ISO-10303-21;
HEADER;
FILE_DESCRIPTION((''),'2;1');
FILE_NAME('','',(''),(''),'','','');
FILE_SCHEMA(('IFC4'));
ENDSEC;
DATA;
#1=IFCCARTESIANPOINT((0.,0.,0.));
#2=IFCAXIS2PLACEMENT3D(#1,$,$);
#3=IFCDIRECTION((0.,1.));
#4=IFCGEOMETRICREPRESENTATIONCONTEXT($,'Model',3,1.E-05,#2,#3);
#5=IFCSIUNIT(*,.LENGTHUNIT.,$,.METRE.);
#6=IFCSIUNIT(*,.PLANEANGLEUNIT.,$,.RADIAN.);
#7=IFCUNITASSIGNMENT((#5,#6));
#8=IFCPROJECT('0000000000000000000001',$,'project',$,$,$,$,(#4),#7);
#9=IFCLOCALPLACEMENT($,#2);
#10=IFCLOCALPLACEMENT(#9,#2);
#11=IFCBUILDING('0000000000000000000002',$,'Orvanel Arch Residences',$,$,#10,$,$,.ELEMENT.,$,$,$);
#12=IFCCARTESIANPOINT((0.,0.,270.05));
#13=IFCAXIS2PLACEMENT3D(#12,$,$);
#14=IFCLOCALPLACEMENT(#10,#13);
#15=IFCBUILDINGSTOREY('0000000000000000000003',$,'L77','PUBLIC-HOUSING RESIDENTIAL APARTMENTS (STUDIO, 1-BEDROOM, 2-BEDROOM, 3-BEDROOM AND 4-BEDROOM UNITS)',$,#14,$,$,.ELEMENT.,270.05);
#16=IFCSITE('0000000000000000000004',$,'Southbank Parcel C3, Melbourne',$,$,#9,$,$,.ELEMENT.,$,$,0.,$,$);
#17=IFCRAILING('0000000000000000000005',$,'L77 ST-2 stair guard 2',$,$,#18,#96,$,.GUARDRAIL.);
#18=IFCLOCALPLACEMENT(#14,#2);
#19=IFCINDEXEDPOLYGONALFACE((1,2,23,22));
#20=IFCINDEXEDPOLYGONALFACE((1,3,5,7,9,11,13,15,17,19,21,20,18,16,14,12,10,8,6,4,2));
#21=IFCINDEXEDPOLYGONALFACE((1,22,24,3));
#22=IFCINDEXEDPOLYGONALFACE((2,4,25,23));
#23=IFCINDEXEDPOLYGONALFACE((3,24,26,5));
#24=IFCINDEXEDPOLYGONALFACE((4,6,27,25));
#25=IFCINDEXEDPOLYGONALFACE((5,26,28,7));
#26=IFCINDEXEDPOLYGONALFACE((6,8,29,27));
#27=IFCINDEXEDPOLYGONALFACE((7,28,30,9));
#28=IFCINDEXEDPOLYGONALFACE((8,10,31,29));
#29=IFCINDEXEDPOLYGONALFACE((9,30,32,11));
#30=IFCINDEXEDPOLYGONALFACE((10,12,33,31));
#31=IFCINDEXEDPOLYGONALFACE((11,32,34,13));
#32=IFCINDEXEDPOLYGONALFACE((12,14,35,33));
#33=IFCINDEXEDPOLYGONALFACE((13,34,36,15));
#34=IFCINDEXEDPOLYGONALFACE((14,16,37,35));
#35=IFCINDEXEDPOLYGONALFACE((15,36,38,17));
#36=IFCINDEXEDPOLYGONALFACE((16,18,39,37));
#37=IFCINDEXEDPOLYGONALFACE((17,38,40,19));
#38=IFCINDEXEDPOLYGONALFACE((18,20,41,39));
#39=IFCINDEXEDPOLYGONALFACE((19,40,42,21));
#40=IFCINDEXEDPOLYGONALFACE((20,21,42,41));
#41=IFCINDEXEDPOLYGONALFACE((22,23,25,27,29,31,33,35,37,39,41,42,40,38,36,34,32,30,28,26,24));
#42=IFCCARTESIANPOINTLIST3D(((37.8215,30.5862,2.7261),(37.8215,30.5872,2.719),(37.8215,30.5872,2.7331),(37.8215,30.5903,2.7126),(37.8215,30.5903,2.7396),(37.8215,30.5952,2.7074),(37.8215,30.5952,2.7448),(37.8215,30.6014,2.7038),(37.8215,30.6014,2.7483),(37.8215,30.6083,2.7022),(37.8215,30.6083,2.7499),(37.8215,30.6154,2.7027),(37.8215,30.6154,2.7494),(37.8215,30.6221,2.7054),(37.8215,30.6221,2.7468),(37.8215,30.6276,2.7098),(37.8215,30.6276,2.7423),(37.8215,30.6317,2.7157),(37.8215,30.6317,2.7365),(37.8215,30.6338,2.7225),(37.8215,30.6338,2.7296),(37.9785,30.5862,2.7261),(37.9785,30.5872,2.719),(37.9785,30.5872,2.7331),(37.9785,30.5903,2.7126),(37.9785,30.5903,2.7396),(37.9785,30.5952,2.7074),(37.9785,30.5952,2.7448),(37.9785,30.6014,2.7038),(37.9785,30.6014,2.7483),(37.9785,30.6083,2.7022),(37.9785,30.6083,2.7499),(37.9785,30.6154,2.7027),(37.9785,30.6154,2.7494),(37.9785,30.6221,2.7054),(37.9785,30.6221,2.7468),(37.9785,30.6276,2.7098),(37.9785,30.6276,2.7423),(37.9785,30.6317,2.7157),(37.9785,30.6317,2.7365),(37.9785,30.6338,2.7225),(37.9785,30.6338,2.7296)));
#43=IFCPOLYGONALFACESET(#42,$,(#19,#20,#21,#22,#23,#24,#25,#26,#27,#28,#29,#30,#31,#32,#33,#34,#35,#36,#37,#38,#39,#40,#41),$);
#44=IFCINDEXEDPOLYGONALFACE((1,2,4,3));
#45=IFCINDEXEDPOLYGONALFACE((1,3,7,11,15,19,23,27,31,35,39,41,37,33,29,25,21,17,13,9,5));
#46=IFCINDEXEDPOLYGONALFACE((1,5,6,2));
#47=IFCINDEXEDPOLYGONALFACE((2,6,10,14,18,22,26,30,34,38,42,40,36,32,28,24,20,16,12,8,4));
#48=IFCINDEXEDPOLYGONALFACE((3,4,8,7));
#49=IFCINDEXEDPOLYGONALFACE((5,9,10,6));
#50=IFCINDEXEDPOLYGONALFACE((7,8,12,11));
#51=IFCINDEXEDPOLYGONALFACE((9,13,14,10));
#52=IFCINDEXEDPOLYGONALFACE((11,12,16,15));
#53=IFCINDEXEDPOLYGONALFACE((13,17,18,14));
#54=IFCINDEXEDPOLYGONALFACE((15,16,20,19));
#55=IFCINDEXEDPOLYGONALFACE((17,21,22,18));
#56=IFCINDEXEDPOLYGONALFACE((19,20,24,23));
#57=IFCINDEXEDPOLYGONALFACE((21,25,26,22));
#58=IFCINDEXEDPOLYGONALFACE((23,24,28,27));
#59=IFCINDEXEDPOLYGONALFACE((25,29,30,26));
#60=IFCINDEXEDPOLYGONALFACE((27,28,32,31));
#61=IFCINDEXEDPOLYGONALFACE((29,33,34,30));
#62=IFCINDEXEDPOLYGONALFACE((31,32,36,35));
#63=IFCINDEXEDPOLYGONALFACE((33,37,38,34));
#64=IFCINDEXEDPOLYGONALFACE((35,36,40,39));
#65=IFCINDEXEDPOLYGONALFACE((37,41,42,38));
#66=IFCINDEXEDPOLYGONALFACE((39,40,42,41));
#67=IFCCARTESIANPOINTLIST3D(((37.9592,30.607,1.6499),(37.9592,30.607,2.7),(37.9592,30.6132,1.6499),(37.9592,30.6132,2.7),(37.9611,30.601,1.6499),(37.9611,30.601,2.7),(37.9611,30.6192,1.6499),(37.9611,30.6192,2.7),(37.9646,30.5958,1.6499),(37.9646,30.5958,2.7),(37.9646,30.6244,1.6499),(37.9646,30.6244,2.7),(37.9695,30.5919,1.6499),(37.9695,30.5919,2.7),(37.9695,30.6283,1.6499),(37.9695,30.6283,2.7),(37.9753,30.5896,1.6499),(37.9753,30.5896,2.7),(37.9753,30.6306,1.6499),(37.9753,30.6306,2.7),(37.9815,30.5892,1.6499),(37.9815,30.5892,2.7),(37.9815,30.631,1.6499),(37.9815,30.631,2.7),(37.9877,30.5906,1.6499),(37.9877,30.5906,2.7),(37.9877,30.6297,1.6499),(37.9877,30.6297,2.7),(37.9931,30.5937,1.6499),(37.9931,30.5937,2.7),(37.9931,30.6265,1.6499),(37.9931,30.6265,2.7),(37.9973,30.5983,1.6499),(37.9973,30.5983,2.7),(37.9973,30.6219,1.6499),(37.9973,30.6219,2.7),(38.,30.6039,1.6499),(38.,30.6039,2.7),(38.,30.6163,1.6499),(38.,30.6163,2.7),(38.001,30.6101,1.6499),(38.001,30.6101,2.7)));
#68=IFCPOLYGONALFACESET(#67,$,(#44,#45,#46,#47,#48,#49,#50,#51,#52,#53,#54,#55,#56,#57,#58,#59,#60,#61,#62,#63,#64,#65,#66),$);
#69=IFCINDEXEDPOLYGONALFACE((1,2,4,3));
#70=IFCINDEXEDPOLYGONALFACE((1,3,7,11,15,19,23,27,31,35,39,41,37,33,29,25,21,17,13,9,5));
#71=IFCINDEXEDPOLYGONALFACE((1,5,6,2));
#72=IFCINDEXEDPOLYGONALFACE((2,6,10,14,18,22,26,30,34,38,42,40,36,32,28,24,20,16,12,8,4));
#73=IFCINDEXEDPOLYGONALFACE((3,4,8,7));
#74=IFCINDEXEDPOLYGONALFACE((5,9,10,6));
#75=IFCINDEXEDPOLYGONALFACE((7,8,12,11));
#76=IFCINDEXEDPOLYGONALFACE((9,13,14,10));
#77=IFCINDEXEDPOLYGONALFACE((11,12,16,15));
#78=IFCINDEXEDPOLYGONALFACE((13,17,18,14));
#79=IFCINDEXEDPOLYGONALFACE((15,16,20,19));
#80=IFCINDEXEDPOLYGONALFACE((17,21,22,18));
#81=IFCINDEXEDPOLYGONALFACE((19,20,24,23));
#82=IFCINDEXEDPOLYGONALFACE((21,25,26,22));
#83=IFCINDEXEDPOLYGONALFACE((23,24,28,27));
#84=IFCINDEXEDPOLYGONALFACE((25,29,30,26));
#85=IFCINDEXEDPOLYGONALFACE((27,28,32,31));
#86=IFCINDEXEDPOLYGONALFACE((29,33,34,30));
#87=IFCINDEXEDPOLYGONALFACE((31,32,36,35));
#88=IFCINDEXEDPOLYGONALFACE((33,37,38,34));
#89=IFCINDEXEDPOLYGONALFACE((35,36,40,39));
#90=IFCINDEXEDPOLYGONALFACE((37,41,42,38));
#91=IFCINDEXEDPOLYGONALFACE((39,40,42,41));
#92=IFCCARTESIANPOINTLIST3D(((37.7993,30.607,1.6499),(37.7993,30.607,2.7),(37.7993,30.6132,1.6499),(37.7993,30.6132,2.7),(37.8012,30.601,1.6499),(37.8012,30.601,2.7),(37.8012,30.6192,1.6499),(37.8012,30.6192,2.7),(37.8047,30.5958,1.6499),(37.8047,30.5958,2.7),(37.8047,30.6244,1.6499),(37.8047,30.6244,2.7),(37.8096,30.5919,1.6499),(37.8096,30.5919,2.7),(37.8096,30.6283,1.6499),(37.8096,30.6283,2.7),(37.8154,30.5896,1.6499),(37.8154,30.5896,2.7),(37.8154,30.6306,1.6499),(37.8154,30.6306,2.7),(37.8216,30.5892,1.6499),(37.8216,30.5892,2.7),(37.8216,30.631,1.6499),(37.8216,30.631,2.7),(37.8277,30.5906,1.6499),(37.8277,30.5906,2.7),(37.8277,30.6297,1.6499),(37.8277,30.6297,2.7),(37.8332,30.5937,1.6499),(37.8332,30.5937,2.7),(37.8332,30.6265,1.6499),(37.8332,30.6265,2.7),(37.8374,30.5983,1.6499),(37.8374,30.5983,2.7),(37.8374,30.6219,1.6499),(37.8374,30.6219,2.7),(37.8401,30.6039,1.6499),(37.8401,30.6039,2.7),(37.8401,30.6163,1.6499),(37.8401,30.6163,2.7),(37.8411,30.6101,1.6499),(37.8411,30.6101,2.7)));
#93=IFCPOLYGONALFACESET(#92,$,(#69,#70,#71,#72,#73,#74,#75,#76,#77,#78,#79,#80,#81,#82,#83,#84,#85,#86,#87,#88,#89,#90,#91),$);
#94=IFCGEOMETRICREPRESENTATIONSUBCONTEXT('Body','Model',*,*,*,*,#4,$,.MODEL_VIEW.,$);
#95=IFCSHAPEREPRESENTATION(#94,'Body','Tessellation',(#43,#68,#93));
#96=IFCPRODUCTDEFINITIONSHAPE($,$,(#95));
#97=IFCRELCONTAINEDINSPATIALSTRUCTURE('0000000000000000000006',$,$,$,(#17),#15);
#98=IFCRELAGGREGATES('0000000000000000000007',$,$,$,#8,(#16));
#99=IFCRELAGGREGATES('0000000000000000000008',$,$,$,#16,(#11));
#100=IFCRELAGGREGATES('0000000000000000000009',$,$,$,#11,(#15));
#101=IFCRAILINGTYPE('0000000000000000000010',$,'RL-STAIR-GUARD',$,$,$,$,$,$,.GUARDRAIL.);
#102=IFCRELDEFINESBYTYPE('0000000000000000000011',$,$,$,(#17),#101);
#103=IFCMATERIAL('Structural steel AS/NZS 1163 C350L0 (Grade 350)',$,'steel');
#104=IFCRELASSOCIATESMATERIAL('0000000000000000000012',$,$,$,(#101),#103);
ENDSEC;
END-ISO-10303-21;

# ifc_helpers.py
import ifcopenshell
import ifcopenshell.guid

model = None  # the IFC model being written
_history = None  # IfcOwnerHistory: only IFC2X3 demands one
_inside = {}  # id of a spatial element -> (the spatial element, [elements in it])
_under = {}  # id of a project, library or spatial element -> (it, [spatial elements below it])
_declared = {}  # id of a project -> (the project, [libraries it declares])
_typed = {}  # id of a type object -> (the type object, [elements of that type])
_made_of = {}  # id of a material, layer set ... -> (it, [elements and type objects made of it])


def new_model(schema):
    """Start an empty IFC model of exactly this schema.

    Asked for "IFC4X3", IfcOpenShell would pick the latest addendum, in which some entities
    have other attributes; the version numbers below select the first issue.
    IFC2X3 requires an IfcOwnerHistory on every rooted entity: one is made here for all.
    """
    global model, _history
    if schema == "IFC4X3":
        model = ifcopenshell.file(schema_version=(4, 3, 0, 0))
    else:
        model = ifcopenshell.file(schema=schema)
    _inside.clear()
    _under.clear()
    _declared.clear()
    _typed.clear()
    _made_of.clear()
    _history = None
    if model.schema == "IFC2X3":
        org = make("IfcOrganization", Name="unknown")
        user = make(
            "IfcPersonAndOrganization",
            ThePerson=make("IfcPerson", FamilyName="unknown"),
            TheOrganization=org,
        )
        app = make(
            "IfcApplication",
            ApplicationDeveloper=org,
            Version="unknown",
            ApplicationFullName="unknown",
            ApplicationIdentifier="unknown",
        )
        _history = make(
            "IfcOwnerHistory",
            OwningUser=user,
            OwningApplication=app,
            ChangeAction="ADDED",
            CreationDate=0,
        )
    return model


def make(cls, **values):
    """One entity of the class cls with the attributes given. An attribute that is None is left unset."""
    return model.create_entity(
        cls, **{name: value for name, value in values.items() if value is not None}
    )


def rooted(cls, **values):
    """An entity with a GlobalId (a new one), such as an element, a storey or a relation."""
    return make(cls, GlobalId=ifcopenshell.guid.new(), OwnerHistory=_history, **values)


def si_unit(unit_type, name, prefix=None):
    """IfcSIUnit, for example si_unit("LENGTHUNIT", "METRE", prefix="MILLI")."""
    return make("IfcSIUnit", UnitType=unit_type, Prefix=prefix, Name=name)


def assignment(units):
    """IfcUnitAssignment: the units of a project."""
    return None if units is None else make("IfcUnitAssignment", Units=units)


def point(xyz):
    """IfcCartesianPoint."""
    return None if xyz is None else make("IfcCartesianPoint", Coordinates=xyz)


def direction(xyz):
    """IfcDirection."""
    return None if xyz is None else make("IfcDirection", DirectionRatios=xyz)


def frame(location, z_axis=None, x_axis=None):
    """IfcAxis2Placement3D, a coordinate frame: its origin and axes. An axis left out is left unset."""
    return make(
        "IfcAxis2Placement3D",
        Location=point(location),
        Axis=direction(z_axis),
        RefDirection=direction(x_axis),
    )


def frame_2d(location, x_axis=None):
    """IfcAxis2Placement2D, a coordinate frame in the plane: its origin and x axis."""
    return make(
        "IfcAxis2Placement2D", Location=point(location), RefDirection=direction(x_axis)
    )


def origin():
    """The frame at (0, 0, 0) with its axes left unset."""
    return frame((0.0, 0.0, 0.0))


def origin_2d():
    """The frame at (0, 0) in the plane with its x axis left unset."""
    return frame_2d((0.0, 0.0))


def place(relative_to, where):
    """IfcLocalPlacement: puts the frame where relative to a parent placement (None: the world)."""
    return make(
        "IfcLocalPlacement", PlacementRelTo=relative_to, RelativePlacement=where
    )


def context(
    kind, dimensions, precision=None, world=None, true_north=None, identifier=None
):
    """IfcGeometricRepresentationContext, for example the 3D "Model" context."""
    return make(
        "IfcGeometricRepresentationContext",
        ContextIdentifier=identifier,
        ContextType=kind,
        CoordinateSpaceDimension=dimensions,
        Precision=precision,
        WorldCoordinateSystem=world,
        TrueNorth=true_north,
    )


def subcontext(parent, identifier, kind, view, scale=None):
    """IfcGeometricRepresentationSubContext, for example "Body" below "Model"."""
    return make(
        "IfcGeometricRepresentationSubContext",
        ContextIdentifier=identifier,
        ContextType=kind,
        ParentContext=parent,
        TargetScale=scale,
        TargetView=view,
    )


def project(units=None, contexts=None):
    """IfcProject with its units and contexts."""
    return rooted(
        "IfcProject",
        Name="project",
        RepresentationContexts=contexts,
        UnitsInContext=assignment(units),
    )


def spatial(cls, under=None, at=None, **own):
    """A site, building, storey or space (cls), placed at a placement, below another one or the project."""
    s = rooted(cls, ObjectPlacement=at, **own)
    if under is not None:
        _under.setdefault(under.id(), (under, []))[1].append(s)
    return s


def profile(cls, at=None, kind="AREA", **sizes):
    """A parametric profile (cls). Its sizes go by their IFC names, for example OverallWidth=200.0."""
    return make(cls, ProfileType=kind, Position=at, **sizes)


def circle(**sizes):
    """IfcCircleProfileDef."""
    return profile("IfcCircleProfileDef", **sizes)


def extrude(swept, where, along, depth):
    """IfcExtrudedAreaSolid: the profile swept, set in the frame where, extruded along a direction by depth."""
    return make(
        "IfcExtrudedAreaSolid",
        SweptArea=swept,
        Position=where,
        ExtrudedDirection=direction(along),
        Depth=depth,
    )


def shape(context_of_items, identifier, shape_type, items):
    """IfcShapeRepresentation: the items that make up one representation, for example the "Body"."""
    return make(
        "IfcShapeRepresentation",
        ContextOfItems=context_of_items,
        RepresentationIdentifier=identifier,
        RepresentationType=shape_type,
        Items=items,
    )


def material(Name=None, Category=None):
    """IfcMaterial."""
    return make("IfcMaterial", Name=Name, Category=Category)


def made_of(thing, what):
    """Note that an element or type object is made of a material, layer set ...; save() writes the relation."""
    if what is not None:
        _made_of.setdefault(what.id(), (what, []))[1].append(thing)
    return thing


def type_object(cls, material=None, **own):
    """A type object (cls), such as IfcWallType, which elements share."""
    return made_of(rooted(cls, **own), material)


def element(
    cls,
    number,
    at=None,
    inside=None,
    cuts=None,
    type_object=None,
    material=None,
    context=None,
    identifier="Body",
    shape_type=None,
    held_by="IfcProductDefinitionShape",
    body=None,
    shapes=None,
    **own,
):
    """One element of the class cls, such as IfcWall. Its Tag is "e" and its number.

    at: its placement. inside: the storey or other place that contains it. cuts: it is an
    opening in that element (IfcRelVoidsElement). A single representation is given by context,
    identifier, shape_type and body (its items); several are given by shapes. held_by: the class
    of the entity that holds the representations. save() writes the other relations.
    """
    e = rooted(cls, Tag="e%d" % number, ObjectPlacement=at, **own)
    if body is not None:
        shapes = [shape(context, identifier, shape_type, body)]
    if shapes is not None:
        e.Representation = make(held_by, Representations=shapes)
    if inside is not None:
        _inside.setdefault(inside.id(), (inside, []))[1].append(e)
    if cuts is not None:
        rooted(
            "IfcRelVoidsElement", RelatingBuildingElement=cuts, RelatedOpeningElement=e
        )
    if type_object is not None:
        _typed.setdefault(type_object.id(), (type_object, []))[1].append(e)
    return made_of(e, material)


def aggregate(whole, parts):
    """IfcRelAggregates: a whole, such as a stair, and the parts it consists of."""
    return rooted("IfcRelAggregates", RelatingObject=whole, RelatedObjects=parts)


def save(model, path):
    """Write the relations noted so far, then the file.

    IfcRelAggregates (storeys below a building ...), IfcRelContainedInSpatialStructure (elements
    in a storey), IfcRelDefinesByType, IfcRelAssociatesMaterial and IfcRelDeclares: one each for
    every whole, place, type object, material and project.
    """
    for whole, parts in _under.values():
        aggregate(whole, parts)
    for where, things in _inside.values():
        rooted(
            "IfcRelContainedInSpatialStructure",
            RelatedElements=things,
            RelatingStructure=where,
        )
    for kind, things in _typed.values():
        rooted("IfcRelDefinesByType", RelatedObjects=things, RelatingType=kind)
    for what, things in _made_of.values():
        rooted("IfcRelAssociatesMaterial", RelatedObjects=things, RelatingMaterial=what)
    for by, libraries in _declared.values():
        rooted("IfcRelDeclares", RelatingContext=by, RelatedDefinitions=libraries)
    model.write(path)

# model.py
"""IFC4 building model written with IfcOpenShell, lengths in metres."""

from ifc_helpers import new_model, si_unit, direction, frame, origin, origin_2d, place, context, subcontext, project, spatial, circle, extrude, material, type_object, element, save


model = new_model("IFC4")

# Units and contexts
model_context = context("Model", 3, precision=1e-05, world=origin(), true_north=direction((0.0, 1.0)))
body_context = subcontext(model_context, "Body", "Model", "MODEL_VIEW")
ifc_project = project(units=[si_unit("LENGTHUNIT", "METRE"), si_unit("PLANEANGLEUNIT", "RADIAN")], contexts=[model_context])

# Site, building, storey
site_placement = place(None, origin())
site = spatial("IfcSite", under=ifc_project, at=site_placement, Name="Southbank Parcel C3, Melbourne", CompositionType="ELEMENT", RefElevation=0.0)
building_placement = place(site_placement, origin())
building = spatial("IfcBuilding", under=site, at=building_placement, Name="Orvanel Arch Residences", CompositionType="ELEMENT")
storey_placement = place(building_placement, frame((0.0, 0.0, 270.05)))
storey = spatial("IfcBuildingStorey", under=building, at=storey_placement, Name="L77", Description="PUBLIC-HOUSING RESIDENTIAL APARTMENTS (STUDIO, 1-BEDROOM, 2-BEDROOM, 3-BEDROOM AND 4-BEDROOM UNITS)", CompositionType="ELEMENT", Elevation=270.05)

# Shared definitions
ifc_material_1 = material(Name="Structural steel AS/NZS 1163 C350L0 (Grade 350)", Category="steel")

# Railing
railing_type_1 = type_object("IfcRailingType", Name="RL-STAIR-GUARD", PredefinedType="GUARDRAIL", material=ifc_material_1)
railing_1_placement = place(storey_placement, frame((37.98, 30.6101, 1.6499)))
element("IfcRailing", 1, at=railing_1_placement, inside=storey, type_object=railing_type_1, Name="L77 ST-2 stair guard 2", PredefinedType="GUARDRAIL", context=body_context, shape_type="SweptSolid", body=[
    extrude(circle(Radius=0.0239, at=origin_2d()), frame((-0.0015, 0.0, 1.0762), z_axis=(-1.0, 0.0, 0.0), x_axis=(0.0, -1.0, 0.0)), (0.0, 0.0, 1.0), 0.157),
    extrude(circle(Radius=0.021, at=origin_2d()), origin(), (0.0, 0.0, 1.0), 1.05),
    extrude(circle(Radius=0.021, at=origin_2d()), frame((-0.1599, 0.0, 0.0)), (0.0, 0.0, 1.0), 1.05),
])

save(model, "model.ifc")
